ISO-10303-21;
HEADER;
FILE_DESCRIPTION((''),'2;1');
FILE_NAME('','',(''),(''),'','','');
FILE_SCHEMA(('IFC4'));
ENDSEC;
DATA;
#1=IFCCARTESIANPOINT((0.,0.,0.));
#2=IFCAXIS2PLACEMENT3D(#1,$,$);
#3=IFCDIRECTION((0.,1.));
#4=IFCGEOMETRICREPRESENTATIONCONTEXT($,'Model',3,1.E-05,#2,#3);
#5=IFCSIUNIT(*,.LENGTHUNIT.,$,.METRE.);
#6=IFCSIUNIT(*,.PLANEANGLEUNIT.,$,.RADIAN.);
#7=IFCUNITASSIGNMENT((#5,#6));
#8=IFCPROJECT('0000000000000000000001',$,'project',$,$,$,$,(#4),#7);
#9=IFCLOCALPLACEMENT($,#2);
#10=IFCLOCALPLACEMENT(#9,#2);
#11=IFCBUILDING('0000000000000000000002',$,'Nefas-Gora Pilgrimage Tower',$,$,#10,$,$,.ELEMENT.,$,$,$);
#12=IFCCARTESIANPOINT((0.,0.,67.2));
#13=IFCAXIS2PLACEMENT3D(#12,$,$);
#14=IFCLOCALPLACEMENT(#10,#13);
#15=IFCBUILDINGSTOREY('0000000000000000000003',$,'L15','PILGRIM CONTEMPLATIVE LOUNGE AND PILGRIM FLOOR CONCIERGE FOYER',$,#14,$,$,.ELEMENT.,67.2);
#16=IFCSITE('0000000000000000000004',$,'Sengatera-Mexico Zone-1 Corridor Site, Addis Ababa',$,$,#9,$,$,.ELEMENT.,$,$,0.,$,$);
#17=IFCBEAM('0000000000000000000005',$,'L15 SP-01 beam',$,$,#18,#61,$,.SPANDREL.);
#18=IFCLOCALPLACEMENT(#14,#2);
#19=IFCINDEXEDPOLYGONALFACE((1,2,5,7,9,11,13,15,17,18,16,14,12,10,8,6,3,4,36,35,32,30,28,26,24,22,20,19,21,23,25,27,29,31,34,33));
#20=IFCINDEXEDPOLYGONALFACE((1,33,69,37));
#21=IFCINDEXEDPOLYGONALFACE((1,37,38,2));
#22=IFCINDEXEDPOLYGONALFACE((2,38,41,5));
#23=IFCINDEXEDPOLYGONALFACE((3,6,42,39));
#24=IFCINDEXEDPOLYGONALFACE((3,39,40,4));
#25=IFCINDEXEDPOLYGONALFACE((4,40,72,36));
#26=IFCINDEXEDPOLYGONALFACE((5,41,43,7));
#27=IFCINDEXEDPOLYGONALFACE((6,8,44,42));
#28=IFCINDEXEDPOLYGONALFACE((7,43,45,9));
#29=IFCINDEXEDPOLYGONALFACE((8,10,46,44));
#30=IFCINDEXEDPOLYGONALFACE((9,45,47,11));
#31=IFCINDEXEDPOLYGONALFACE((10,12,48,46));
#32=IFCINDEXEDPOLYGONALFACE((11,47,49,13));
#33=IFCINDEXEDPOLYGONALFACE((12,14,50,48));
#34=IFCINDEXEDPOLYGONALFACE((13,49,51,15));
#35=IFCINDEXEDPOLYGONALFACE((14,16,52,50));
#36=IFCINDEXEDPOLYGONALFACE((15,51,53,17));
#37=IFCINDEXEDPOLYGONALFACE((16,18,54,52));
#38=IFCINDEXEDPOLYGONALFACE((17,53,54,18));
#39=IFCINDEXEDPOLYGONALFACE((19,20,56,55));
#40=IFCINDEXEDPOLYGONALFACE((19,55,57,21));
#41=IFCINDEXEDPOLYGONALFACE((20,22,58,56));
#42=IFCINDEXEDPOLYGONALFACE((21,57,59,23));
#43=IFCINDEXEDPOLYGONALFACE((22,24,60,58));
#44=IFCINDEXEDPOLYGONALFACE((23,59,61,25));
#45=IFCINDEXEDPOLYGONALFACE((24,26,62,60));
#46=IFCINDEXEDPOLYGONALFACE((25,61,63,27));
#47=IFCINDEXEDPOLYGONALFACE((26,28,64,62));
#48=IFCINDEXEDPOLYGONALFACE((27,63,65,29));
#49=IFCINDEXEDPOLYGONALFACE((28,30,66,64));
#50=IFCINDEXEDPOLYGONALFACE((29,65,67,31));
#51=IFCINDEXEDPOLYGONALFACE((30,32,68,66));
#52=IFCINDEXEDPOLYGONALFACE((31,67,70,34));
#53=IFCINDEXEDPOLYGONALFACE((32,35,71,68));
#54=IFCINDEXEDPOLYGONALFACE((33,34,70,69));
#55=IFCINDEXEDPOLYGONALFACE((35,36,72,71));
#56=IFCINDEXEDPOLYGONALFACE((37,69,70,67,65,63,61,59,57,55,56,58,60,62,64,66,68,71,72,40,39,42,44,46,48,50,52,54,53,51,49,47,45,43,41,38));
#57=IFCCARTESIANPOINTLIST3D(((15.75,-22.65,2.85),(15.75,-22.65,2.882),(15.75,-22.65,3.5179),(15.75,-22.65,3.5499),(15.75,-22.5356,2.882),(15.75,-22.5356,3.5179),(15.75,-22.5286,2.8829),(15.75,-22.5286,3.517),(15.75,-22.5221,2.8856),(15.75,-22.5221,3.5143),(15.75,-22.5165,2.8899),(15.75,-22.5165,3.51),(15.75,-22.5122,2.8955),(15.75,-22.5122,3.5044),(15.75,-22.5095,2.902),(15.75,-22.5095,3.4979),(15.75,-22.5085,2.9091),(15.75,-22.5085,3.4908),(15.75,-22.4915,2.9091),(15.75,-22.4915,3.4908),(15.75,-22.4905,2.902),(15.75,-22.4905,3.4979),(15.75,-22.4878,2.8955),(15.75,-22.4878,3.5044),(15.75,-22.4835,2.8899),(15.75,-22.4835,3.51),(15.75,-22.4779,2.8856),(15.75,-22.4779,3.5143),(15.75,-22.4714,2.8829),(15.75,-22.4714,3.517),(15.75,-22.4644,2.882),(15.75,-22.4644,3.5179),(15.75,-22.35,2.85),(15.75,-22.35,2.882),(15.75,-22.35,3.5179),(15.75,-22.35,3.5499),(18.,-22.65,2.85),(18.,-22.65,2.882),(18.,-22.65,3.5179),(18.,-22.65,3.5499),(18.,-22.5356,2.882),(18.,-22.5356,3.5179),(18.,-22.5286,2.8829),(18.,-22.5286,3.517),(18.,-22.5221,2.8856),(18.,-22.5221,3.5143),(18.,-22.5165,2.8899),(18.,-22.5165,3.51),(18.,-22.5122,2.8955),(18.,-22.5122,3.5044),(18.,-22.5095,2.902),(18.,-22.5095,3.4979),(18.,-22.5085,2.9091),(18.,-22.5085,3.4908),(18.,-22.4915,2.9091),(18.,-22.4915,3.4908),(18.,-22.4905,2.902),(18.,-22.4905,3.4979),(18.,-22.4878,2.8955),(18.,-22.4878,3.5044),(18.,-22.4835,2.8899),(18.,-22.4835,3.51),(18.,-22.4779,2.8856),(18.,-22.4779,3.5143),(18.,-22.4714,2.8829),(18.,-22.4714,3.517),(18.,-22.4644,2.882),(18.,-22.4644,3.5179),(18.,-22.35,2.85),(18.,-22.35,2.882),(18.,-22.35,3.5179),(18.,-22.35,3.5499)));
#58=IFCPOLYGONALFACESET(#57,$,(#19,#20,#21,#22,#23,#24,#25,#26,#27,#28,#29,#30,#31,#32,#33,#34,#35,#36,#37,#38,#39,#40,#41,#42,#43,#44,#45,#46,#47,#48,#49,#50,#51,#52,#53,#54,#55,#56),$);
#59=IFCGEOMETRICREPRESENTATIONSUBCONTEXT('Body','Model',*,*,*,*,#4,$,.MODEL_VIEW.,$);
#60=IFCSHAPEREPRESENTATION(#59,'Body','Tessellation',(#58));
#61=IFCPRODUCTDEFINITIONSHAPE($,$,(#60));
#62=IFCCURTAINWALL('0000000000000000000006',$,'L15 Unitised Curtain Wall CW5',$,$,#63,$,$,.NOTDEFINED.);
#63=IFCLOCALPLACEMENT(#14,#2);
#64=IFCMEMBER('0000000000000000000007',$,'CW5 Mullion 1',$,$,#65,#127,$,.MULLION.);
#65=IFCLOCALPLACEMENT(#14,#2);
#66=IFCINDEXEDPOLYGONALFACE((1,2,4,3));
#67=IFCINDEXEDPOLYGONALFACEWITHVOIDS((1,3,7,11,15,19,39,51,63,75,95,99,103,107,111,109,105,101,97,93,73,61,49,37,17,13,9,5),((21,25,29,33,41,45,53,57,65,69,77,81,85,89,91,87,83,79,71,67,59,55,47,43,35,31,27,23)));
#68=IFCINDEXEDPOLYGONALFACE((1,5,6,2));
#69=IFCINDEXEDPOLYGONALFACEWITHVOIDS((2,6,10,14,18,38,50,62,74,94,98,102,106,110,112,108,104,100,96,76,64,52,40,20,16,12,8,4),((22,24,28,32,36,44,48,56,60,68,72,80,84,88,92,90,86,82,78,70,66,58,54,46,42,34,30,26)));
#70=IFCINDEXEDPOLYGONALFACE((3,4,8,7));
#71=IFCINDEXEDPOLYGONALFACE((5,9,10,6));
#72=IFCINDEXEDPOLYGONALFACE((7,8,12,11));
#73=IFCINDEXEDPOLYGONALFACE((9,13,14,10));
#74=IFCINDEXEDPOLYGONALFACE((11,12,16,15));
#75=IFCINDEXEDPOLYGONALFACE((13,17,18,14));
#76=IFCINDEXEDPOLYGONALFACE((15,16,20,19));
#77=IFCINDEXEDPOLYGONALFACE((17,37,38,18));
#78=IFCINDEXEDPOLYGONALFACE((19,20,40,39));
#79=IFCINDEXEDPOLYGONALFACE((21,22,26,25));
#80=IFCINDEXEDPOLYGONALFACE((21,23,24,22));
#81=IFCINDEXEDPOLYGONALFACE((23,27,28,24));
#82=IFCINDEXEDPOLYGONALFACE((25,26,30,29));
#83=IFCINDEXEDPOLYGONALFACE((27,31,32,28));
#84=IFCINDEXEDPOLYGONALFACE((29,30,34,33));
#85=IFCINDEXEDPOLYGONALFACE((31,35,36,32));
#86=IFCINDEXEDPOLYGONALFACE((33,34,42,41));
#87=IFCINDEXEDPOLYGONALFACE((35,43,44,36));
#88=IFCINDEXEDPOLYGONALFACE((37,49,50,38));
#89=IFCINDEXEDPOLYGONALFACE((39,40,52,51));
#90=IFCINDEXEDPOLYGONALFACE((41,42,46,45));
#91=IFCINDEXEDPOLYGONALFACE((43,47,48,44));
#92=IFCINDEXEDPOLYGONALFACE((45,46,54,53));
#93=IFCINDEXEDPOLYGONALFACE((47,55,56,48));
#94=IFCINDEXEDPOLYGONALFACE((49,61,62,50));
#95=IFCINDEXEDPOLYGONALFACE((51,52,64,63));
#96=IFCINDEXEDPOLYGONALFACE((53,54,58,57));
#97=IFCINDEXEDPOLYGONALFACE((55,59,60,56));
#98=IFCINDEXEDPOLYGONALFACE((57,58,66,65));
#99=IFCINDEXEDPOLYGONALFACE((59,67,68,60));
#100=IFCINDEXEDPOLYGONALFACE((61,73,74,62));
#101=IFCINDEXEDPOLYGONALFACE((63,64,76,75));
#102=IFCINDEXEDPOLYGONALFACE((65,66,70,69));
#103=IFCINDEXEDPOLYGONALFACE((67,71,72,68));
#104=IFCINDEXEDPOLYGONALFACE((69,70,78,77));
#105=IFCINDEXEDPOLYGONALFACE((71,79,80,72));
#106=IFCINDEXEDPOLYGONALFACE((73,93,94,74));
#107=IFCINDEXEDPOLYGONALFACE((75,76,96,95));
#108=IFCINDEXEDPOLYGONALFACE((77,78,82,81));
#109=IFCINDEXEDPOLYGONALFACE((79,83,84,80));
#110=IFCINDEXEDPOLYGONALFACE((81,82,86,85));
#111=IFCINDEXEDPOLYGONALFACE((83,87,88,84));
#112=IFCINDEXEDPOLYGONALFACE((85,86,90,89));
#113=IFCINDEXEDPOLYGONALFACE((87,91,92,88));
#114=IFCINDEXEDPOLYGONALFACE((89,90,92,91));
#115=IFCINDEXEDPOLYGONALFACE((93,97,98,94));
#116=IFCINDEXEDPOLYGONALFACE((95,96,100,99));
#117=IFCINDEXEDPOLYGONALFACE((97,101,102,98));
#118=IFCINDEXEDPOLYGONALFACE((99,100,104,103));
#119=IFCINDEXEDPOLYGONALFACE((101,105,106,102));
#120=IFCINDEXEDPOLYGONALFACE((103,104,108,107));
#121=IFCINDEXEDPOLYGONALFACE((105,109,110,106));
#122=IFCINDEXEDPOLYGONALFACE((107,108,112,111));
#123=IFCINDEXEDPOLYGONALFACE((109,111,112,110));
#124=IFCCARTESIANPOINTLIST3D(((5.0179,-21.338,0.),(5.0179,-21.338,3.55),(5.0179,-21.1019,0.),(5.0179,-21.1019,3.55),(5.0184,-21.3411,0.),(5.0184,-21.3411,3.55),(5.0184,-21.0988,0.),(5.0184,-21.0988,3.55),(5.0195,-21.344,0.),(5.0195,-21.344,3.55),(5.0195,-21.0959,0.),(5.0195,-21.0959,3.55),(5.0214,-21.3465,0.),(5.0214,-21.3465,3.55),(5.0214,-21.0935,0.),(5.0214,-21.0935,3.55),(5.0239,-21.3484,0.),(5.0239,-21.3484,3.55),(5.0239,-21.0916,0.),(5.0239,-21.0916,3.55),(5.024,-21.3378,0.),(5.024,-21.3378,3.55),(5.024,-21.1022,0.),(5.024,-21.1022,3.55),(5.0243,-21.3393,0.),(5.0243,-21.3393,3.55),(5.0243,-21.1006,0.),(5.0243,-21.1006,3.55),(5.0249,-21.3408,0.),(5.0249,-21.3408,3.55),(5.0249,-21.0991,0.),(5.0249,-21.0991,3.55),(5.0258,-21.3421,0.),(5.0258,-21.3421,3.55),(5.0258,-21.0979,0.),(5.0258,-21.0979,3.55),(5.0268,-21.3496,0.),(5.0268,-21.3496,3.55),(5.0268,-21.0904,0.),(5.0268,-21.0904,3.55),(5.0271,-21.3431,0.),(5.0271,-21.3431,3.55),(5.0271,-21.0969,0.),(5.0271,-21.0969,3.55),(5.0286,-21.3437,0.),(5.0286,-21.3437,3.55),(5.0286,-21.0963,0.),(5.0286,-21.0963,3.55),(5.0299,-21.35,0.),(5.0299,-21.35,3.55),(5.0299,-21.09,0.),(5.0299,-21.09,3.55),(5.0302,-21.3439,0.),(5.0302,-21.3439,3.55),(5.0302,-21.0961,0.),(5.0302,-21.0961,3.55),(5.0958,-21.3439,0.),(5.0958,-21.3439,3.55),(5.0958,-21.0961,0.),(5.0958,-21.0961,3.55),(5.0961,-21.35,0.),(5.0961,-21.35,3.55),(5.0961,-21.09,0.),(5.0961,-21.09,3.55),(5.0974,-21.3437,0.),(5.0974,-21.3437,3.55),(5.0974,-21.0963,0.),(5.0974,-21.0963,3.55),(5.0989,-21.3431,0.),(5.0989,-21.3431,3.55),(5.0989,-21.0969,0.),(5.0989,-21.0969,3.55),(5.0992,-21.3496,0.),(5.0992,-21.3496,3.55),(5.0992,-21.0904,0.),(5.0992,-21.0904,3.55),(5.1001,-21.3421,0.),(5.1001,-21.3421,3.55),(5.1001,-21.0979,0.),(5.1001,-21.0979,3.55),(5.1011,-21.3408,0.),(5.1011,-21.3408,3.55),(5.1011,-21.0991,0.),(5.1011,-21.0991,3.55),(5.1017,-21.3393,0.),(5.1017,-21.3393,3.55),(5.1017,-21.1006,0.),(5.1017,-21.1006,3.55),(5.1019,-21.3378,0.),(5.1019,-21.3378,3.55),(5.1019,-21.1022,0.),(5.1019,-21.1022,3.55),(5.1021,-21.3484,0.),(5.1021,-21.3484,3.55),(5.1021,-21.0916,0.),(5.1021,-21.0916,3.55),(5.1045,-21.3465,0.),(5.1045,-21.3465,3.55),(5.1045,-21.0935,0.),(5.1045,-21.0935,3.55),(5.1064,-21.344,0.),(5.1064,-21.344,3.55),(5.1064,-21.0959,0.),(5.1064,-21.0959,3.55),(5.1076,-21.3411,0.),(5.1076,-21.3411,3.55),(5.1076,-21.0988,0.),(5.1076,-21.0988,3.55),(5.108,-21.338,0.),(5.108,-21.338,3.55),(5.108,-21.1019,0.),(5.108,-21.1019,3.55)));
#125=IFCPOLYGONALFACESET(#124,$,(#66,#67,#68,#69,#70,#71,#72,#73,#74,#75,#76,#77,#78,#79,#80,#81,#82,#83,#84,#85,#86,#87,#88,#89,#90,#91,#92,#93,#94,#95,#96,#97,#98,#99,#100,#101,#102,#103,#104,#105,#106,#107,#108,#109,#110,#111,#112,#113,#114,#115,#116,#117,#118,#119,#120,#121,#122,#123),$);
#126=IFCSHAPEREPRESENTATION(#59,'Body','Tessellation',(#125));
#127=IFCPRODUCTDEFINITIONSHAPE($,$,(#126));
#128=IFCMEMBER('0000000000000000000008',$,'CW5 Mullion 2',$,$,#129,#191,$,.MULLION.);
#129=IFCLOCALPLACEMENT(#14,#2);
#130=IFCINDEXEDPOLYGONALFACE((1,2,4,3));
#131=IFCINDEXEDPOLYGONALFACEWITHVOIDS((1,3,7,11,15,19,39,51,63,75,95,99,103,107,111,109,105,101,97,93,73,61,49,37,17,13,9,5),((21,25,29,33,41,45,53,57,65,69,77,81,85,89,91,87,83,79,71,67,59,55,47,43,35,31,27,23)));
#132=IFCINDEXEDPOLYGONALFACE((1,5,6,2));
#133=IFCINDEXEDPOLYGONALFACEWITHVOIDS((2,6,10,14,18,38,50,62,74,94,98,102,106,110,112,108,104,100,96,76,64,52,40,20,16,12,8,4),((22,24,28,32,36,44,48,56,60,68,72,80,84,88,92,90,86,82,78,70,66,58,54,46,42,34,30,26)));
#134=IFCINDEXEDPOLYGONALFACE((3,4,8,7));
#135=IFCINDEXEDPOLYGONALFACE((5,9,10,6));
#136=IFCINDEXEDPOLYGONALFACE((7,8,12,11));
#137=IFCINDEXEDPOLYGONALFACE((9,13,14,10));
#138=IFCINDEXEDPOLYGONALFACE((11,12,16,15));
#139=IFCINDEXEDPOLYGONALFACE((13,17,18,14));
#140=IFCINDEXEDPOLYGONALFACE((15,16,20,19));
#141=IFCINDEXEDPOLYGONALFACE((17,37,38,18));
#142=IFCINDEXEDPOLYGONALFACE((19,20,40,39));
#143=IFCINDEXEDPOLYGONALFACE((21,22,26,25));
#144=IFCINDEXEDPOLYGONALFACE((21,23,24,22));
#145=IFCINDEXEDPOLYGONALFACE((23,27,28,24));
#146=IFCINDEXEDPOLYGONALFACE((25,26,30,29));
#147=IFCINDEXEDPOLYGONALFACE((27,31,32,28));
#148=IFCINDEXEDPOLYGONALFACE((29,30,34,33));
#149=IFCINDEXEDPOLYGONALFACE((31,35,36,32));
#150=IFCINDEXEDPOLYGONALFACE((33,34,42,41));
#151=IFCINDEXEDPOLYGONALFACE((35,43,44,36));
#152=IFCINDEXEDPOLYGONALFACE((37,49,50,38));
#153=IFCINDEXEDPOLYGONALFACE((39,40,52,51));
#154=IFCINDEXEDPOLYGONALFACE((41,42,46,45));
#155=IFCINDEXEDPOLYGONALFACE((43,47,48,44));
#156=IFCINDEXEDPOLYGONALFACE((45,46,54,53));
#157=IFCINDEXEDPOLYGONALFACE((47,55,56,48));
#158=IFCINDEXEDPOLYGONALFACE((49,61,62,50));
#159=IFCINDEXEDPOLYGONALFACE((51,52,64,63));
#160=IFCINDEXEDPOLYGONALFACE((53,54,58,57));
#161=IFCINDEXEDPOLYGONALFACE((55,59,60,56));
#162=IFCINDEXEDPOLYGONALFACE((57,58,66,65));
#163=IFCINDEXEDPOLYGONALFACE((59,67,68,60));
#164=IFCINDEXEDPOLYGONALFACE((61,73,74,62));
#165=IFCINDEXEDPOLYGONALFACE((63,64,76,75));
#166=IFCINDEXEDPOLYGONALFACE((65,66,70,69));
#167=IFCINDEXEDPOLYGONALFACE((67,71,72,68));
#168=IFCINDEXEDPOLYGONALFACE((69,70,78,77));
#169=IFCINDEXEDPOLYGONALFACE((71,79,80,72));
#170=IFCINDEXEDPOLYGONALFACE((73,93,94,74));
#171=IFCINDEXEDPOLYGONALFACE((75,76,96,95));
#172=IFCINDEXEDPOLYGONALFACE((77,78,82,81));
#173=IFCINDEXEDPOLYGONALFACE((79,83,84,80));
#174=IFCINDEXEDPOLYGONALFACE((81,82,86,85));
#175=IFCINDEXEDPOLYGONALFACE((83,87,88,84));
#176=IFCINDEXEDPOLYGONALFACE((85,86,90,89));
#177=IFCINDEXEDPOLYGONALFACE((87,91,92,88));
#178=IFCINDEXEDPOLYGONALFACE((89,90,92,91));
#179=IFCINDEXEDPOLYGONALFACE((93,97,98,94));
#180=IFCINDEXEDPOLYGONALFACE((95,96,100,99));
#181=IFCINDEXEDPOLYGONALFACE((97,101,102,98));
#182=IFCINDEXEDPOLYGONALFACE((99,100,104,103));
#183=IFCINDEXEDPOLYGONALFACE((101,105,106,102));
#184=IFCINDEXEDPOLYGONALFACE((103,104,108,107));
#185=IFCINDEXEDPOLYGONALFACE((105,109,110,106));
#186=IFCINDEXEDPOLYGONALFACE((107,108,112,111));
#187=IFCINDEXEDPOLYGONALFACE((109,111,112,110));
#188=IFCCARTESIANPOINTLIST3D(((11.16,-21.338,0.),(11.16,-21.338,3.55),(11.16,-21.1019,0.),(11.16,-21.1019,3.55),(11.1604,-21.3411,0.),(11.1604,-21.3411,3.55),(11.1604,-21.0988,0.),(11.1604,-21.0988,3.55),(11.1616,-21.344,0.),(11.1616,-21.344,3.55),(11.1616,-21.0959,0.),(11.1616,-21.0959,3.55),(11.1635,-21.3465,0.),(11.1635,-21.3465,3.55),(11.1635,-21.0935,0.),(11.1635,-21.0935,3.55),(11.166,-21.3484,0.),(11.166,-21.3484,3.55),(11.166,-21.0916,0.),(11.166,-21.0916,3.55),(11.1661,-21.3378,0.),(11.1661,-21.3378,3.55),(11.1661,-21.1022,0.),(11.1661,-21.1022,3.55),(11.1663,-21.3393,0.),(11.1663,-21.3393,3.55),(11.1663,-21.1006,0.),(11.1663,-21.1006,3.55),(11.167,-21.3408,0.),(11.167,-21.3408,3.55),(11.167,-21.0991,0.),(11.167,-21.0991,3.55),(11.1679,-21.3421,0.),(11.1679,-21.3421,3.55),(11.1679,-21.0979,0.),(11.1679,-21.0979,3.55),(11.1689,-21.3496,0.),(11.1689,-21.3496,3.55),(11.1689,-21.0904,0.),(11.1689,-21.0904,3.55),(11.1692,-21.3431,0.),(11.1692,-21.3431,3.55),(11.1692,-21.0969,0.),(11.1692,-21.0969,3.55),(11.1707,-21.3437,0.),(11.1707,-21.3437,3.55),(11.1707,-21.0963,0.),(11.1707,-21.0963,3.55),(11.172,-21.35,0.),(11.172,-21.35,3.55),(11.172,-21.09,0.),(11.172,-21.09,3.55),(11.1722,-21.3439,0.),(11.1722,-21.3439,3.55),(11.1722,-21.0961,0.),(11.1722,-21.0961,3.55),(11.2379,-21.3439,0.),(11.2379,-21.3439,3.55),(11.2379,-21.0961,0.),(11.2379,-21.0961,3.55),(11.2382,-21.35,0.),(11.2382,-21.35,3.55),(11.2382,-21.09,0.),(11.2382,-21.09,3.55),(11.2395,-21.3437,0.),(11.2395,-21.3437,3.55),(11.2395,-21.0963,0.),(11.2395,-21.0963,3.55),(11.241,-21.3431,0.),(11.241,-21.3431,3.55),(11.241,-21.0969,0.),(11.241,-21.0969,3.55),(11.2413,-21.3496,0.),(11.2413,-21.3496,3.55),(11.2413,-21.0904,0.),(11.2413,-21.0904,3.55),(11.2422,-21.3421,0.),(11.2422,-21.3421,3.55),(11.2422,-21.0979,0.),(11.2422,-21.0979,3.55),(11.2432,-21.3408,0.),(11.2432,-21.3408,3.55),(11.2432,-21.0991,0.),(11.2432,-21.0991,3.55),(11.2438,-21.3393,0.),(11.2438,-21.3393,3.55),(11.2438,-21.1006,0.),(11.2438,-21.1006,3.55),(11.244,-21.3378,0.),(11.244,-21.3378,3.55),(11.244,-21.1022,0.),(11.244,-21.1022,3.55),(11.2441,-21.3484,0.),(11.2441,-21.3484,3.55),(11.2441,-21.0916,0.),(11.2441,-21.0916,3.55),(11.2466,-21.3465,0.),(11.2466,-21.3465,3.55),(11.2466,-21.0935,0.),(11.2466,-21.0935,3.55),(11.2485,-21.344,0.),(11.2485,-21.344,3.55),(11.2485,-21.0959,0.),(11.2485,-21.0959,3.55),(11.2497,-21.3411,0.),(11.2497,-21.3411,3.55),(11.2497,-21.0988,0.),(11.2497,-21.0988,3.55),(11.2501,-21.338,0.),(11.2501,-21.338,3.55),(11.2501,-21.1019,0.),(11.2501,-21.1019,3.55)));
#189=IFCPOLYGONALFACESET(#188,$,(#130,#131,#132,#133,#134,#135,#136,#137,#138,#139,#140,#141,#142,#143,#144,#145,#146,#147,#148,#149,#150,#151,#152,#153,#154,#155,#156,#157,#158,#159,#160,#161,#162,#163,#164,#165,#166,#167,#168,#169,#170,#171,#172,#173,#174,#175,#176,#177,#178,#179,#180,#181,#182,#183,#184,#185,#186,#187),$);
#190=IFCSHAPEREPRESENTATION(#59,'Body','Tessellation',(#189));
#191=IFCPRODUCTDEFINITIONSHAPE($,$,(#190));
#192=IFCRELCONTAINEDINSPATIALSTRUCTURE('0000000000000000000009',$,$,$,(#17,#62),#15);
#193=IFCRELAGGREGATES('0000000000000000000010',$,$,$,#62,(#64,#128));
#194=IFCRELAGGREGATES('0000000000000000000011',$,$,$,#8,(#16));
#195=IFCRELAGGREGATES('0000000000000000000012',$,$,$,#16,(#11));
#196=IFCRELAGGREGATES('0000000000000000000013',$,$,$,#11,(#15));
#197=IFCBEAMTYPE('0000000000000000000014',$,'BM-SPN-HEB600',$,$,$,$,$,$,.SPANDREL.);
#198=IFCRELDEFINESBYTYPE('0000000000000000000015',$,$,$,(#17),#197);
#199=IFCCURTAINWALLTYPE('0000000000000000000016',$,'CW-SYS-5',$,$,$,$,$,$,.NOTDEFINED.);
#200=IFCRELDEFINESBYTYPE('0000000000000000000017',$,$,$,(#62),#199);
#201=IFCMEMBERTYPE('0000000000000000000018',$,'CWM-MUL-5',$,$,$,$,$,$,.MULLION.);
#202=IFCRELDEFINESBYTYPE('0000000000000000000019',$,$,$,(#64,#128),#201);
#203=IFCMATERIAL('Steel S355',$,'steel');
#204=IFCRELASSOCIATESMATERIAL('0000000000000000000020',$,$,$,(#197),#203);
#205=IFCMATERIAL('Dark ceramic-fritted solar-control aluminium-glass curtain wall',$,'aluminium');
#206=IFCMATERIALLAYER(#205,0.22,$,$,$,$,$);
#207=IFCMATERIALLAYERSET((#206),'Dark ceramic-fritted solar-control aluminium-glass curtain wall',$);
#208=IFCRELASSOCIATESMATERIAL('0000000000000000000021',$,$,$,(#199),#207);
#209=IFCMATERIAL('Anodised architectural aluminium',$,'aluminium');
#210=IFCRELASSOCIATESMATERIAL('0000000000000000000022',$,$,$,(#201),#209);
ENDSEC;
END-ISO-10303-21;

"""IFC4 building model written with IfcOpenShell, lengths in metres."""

from ifc_helpers import new_model, si_unit, direction, frame, origin, origin_2d, place, context, subcontext, project, spatial, hollow_rectangle, i_section, extrude, source, transform, mapped, material, layer, layer_set, material_profile, profile_set, type_object, element, aggregate, save


model = new_model("IFC4")

# Units and contexts
model_context = context("Model", 3, precision=1e-05, world=origin(), true_north=direction((0.0, 1.0)))
body_context = subcontext(model_context, "Body", "Model", "MODEL_VIEW")
ifc_project = project(units=[si_unit("LENGTHUNIT", "METRE"), si_unit("PLANEANGLEUNIT", "RADIAN")], contexts=[model_context])

# Site, building, storey
site_placement = place(None, origin())
site = spatial("IfcSite", under=ifc_project, at=site_placement, Name="Sengatera-Mexico Zone-1 Corridor Site, Addis Ababa", CompositionType="ELEMENT", RefElevation=0.0)
building_placement = place(site_placement, origin())
building = spatial("IfcBuilding", under=site, at=building_placement, Name="Nefas-Gora Pilgrimage Tower", CompositionType="ELEMENT")
storey_placement = place(building_placement, frame((0.0, 0.0, 67.2)))
storey = spatial("IfcBuildingStorey", under=building, at=storey_placement, Name="L15", Description="PILGRIM CONTEMPLATIVE LOUNGE AND PILGRIM FLOOR CONCIERGE FOYER", CompositionType="ELEMENT", Elevation=67.2)

# Beam
ifc_material_1 = material(Name="Steel S355", Category="steel")
ifc_material_profile_1 = material_profile(ifc_material_1, i_section(OverallWidth=0.3, OverallDepth=0.7, WebThickness=0.0171, FlangeThickness=0.032, FilletRadius=0.0271, at=origin_2d()), Name="HEB 700")
ifc_profile_set_1 = profile_set([ifc_material_profile_1], Name="Steel S355")
beam_type_1 = type_object("IfcBeamType", Name="BM-SPN-HEB600", PredefinedType="SPANDREL", material=ifc_profile_set_1)
shared_shape_1 = source(origin(), body_context, "Body", "SweptSolid", [
    extrude(i_section(OverallWidth=0.3, OverallDepth=0.7, WebThickness=0.0171, FlangeThickness=0.032, FilletRadius=0.0271, at=origin_2d()), origin(), (0.0, 0.0, 1.0), 2.25),
])
for number, where, z_axis, x_axis, name in (
    (1, (15.75, -22.5, 3.2), (1.0, 0.0, 0.0), (0.0, 1.0, 0.0), "L15 SP-01 beam"),
):
    element("IfcBeam", number, at=place(storey_placement, frame(where, z_axis=z_axis, x_axis=x_axis)), inside=storey, type_object=beam_type_1, Name=name, PredefinedType="SPANDREL", context=body_context, shape_type="MappedRepresentation", body=[
        mapped(shared_shape_1, transform((0.0, 0.0, 0.0), x_axis=(1.0, 0.0, 0.0), y_axis=(0.0, 1.0, 0.0), z_axis=(0.0, 0.0, 1.0), scale=1.0)),
    ])

# Curtain wall, members
ifc_material_2 = material(Name="Dark ceramic-fritted solar-control aluminium-glass curtain wall", Category="aluminium")
ifc_layer_1 = layer(ifc_material_2, 0.22)
ifc_layer_set_1 = layer_set([ifc_layer_1], Name="Dark ceramic-fritted solar-control aluminium-glass curtain wall")
curtain_wall_type_1 = type_object("IfcCurtainWallType", Name="CW-SYS-5", PredefinedType="NOTDEFINED", material=ifc_layer_set_1)
curtain_wall_1_placement = place(storey_placement, origin())
curtain_wall_1 = element("IfcCurtainWall", 2, at=curtain_wall_1_placement, inside=storey, type_object=curtain_wall_type_1, Name="L15 Unitised Curtain Wall CW5", PredefinedType="NOTDEFINED")
ifc_material_3 = material(Name="Anodised architectural aluminium", Category="aluminium")
ifc_material_profile_2 = material_profile(ifc_material_3, hollow_rectangle(XDim=0.0901, YDim=0.26, WallThickness=0.0061, InnerFilletRadius=0.0061, OuterFilletRadius=0.012, at=origin_2d()), Name="ALU MULLION 90x260")
ifc_profile_set_2 = profile_set([ifc_material_profile_2], Name="Anodised architectural aluminium")
member_type_1 = type_object("IfcMemberType", Name="CWM-MUL-5", PredefinedType="MULLION", material=ifc_profile_set_2)
shared_shape_2 = source(origin(), body_context, "Body", "SweptSolid", [
    extrude(hollow_rectangle(XDim=0.0901, YDim=0.26, WallThickness=0.0061, InnerFilletRadius=0.0061, OuterFilletRadius=0.012, at=origin_2d()), origin(), (0.0, 0.0, 1.0), 3.55),
])
member_1_placement = place(storey_placement, frame((5.063, -21.22, 0.0), z_axis=(0.0, 0.0, 1.0), x_axis=(1.0, 0.0, 0.0)))
member_1 = element("IfcMember", 3, at=member_1_placement, type_object=member_type_1, Name="CW5 Mullion 1", PredefinedType="MULLION", context=body_context, shape_type="MappedRepresentation", body=[
    mapped(shared_shape_2, transform((0.0, 0.0, 0.0), x_axis=(1.0, 0.0, 0.0), y_axis=(0.0, 1.0, 0.0), z_axis=(0.0, 0.0, 1.0), scale=1.0)),
])
member_2_placement = place(storey_placement, frame((11.2051, -21.22, 0.0), z_axis=(0.0, 0.0, 1.0), x_axis=(1.0, 0.0, 0.0)))
member_2 = element("IfcMember", 4, at=member_2_placement, type_object=member_type_1, Name="CW5 Mullion 2", PredefinedType="MULLION", context=body_context, shape_type="MappedRepresentation", body=[
    mapped(shared_shape_2, transform((0.0, 0.0, 0.0), x_axis=(1.0, 0.0, 0.0), y_axis=(0.0, 1.0, 0.0), z_axis=(0.0, 0.0, 1.0), scale=1.0)),
])

aggregate(curtain_wall_1, [member_1, member_2])

save(model, "model.ifc")
